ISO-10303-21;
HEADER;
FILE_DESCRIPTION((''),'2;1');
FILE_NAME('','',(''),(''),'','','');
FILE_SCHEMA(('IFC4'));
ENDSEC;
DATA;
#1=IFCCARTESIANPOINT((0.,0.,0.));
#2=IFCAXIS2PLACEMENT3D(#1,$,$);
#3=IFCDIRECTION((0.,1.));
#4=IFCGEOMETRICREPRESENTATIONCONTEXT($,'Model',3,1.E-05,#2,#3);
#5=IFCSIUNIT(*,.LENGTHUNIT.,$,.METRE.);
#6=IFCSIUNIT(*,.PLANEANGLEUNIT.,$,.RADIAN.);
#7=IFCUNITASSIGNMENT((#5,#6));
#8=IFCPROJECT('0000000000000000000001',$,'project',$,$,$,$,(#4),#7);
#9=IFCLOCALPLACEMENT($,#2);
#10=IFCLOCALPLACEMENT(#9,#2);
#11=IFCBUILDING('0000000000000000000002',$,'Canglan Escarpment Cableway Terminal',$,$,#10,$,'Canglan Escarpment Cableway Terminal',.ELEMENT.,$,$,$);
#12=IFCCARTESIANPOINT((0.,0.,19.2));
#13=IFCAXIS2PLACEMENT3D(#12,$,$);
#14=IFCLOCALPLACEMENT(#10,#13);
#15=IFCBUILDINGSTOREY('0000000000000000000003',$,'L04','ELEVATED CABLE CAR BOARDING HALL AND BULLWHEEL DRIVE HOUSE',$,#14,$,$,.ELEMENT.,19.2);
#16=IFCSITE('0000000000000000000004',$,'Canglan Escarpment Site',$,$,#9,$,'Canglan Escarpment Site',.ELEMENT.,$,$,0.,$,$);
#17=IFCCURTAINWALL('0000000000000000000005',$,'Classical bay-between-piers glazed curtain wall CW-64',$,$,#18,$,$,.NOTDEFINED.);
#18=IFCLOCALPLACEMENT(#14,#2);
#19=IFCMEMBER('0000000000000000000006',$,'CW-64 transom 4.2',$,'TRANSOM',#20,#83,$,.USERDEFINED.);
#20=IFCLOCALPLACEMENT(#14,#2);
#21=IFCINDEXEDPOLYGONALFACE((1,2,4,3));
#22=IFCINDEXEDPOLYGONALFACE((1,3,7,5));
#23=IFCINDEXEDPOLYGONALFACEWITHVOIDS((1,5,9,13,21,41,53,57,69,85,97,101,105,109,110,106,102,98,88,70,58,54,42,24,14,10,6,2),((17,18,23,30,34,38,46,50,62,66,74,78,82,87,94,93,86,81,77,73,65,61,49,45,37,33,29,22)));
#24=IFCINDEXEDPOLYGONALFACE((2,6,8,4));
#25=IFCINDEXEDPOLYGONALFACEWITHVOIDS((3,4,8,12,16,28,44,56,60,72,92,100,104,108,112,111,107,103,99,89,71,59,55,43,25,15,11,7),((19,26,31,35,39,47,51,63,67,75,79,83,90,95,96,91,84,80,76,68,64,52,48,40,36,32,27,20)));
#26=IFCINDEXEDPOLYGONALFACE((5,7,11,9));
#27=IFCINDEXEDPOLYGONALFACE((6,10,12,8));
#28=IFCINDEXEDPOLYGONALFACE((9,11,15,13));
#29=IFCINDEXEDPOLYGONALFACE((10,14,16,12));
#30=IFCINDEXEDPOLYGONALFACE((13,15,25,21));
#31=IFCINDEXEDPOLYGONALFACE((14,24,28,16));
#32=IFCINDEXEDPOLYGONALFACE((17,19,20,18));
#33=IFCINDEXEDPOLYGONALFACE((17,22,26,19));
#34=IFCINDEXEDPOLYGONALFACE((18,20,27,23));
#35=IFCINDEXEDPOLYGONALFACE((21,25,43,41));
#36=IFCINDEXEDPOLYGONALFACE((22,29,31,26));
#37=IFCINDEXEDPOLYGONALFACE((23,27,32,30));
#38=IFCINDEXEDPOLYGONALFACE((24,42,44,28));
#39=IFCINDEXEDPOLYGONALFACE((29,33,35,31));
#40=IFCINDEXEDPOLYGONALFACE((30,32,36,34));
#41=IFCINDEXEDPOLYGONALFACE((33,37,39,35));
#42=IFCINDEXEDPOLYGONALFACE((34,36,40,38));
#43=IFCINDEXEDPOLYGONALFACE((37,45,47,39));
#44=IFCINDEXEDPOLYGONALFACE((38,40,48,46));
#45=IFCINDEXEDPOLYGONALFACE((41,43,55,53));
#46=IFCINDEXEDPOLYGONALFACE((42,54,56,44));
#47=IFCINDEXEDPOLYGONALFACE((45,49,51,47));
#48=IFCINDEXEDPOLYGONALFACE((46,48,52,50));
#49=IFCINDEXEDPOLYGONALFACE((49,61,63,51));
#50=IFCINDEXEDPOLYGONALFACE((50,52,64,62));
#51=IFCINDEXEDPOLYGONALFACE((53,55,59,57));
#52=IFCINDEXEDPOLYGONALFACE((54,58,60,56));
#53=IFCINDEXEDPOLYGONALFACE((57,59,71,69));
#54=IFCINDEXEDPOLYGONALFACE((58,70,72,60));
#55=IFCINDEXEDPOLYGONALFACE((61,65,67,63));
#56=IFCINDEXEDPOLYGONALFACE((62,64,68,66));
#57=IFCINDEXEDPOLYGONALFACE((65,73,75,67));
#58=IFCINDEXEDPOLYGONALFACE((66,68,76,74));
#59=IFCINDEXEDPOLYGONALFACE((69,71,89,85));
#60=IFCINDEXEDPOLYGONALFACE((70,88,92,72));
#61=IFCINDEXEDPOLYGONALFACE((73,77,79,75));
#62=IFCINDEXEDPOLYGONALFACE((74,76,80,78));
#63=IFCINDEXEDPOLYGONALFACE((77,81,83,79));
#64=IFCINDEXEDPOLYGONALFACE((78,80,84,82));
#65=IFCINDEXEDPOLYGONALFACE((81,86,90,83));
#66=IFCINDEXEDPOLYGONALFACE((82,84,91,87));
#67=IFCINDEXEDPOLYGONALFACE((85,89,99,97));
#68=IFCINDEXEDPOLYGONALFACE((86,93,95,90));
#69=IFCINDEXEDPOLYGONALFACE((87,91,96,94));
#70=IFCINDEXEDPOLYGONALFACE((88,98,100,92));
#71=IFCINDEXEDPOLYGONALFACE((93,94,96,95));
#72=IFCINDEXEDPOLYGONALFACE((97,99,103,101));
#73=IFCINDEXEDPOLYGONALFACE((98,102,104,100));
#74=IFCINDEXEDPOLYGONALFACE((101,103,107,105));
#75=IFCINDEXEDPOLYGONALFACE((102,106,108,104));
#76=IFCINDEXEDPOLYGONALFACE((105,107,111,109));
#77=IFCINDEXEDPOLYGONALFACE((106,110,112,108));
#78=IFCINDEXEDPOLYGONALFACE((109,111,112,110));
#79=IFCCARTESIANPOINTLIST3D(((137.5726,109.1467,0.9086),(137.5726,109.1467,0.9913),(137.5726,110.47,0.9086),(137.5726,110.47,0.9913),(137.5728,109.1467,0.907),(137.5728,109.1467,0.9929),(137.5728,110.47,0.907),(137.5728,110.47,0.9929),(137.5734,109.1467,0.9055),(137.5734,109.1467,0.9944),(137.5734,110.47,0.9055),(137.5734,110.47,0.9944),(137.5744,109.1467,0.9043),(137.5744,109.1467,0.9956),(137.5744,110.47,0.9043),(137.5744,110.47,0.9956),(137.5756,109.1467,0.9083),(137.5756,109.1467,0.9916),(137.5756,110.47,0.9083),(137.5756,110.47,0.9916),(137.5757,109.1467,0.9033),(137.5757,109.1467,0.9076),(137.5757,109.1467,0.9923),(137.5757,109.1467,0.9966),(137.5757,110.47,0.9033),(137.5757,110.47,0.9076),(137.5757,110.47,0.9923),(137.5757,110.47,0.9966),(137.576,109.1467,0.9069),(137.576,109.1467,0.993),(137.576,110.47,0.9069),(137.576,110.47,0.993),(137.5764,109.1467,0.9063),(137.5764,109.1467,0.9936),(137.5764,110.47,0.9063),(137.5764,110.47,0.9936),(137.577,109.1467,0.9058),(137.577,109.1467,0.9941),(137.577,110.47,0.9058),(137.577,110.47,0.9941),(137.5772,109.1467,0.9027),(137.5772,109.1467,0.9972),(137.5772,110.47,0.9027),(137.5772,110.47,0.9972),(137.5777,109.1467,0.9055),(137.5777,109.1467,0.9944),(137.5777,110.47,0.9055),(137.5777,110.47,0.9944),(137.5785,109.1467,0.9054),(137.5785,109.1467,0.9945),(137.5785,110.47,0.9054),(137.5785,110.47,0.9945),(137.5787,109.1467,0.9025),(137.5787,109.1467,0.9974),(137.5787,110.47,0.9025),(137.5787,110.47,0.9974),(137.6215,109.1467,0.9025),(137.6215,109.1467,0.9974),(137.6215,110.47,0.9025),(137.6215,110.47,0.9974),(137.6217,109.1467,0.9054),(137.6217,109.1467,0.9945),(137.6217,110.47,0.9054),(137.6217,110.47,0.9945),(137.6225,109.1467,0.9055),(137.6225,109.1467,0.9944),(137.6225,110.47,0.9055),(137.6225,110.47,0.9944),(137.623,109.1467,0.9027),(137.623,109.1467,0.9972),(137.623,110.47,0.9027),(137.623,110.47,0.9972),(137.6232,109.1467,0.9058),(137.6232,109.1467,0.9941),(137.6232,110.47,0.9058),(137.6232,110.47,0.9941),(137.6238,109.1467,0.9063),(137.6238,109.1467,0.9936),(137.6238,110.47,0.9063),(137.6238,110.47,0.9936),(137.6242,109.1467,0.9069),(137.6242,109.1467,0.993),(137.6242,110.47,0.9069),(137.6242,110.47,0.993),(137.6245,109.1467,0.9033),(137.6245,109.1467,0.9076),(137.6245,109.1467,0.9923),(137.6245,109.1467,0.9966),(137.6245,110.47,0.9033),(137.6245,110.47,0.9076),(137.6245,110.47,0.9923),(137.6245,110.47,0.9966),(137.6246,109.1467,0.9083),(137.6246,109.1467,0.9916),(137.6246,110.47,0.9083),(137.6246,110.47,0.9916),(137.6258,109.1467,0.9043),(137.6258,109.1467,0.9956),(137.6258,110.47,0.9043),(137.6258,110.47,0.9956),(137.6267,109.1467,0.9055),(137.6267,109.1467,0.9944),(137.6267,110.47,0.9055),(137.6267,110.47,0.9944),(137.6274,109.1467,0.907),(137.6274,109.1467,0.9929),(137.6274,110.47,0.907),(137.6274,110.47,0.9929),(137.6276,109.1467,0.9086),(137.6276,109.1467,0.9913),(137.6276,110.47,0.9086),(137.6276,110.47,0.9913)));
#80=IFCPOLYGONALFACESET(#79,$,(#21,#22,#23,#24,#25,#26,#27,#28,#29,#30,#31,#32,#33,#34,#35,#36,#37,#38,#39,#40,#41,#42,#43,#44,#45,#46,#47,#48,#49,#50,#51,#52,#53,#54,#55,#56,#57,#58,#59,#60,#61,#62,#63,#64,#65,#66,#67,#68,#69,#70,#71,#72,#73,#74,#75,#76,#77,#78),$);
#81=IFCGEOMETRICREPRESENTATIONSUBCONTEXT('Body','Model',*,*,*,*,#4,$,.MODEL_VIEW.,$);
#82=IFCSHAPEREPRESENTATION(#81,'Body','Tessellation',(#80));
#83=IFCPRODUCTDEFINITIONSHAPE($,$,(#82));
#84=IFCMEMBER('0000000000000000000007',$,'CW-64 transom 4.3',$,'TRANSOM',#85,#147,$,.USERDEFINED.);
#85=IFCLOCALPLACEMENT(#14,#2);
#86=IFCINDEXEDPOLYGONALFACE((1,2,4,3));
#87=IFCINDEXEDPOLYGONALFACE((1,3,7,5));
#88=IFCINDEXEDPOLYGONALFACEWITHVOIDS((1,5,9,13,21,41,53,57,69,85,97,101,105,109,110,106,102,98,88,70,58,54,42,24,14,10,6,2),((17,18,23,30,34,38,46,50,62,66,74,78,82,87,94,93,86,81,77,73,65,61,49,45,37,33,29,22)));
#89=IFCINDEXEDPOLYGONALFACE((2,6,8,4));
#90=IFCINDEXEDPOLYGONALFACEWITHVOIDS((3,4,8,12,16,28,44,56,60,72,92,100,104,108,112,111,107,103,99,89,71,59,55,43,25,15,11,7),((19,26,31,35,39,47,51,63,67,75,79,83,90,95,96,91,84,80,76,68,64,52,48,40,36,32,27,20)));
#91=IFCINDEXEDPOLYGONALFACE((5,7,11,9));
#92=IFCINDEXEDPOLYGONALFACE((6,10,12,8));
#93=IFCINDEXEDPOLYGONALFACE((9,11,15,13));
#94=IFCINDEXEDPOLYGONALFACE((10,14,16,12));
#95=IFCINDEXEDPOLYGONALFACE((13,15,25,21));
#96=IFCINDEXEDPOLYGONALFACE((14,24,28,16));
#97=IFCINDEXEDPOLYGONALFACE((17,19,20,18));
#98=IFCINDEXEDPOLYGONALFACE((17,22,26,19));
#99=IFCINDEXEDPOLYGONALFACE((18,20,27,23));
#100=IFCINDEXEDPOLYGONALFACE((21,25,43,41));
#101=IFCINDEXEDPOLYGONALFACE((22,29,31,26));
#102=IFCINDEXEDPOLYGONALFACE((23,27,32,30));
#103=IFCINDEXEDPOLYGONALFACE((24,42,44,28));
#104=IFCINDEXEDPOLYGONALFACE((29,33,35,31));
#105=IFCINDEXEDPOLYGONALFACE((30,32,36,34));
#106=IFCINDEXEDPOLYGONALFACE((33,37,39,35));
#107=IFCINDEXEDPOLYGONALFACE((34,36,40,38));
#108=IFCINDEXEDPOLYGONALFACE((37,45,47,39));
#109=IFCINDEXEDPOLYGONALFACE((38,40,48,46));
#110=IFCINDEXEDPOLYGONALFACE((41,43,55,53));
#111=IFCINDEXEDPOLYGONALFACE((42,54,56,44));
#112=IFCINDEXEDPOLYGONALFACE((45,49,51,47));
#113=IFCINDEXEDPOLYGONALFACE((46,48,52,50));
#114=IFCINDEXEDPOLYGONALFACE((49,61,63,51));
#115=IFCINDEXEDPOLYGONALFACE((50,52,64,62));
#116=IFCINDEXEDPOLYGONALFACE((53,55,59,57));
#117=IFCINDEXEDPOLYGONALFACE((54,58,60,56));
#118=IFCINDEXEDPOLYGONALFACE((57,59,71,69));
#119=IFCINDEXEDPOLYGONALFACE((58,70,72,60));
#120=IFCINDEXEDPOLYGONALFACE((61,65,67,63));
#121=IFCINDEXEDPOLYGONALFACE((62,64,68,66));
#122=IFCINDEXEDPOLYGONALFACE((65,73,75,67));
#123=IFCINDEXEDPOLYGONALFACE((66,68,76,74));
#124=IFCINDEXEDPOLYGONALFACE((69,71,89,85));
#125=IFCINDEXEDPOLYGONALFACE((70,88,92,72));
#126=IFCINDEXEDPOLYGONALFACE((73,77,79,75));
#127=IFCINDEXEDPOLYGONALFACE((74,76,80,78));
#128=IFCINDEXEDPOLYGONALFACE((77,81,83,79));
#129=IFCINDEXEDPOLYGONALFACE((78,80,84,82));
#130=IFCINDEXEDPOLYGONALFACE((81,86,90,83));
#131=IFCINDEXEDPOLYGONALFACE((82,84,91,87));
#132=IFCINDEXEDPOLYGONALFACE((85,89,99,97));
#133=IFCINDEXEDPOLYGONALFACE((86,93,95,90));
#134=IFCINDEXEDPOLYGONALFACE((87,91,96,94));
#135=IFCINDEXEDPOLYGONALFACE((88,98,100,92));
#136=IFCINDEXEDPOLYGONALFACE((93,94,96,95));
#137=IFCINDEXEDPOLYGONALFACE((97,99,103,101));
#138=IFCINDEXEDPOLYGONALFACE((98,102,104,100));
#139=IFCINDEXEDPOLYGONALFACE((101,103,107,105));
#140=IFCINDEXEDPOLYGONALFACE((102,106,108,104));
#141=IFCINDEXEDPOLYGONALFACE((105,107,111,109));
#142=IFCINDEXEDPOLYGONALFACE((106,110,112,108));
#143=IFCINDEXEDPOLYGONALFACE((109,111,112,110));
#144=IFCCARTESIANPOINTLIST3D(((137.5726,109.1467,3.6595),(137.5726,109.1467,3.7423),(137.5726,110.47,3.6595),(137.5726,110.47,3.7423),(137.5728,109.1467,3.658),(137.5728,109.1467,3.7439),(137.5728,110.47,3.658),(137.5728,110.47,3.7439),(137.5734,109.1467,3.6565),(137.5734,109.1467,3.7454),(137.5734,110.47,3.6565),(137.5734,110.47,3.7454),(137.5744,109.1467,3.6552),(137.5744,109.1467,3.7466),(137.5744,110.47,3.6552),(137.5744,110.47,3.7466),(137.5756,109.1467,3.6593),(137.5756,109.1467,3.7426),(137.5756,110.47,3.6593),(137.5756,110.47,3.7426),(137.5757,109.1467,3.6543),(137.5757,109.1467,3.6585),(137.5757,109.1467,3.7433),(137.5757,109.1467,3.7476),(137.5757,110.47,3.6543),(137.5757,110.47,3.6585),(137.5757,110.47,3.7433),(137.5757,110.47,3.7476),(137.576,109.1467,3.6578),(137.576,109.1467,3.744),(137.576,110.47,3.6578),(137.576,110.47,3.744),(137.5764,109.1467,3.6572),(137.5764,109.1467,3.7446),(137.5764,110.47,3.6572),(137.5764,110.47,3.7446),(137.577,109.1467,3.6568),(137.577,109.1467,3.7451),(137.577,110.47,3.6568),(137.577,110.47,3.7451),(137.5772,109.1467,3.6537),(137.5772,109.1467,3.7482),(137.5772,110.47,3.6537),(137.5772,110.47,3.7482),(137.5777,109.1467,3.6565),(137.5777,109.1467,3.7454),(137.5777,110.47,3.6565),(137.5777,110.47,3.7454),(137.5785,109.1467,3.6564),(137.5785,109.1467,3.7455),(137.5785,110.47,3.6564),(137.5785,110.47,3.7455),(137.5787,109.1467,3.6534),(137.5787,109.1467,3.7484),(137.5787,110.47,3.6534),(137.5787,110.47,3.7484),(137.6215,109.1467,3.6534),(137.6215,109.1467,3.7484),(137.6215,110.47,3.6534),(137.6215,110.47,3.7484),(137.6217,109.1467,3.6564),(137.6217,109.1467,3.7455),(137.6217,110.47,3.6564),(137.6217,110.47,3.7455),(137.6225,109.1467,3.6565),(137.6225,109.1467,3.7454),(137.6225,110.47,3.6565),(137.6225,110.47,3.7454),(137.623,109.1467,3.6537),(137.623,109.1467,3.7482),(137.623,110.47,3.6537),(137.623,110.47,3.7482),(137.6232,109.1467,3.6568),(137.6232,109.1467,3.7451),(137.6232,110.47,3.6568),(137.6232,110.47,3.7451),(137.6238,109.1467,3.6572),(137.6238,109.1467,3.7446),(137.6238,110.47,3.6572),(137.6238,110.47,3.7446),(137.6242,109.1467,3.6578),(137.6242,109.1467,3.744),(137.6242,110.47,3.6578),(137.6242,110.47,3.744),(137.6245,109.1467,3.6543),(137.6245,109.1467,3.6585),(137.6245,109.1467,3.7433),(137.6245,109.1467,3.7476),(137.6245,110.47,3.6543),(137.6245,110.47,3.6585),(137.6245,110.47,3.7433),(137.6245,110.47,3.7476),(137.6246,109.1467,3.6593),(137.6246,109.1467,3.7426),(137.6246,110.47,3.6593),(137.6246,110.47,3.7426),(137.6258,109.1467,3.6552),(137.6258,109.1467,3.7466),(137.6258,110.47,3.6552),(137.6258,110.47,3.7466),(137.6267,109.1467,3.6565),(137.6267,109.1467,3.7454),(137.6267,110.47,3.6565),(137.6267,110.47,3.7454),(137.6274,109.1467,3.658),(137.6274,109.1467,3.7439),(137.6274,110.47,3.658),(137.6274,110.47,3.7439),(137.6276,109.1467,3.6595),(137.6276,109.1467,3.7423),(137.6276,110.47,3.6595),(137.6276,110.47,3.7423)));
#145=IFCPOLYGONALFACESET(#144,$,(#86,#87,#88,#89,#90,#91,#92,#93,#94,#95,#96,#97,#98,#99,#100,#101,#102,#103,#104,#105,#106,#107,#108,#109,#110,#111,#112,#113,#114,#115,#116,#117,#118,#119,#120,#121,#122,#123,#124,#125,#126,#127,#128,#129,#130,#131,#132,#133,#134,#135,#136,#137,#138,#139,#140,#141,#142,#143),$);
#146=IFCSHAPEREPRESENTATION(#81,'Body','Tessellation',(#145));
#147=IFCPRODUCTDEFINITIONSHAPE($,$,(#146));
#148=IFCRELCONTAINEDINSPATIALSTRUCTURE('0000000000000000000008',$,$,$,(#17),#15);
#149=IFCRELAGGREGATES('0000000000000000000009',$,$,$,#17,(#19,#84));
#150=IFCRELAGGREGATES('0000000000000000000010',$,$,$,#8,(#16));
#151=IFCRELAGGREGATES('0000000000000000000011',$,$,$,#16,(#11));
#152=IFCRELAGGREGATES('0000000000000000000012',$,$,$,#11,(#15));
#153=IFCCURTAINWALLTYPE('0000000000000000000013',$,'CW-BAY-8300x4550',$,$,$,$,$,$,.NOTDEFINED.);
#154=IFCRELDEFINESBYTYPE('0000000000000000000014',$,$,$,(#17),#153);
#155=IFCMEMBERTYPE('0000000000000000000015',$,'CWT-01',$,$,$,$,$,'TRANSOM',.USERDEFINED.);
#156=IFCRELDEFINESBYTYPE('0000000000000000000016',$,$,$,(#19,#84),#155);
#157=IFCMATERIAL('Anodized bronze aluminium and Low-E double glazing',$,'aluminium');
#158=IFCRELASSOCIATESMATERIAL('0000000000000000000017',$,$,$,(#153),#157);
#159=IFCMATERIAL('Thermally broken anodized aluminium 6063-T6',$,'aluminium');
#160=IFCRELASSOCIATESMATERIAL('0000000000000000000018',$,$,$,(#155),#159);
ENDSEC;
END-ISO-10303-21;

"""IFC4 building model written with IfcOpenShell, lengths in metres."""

from ifc_helpers import new_model, si_unit, direction, frame, origin, origin_2d, place, context, subcontext, project, spatial, hollow_rectangle, extrude, material, material_profile, profile_set, type_object, element, aggregate, save


model = new_model("IFC4")

# Units and contexts
model_context = context("Model", 3, precision=1e-05, world=origin(), true_north=direction((0.0, 1.0)))
body_context = subcontext(model_context, "Body", "Model", "MODEL_VIEW")
ifc_project = project(units=[si_unit("LENGTHUNIT", "METRE"), si_unit("PLANEANGLEUNIT", "RADIAN")], contexts=[model_context])

# Site, building, storey
site_placement = place(None, origin())
site = spatial("IfcSite", under=ifc_project, at=site_placement, Name="Canglan Escarpment Site", LongName="Canglan Escarpment Site", CompositionType="ELEMENT", RefElevation=0.0)
building_placement = place(site_placement, origin())
building = spatial("IfcBuilding", under=site, at=building_placement, Name="Canglan Escarpment Cableway Terminal", LongName="Canglan Escarpment Cableway Terminal", CompositionType="ELEMENT")
storey_placement = place(building_placement, frame((0.0, 0.0, 19.2)))
storey = spatial("IfcBuildingStorey", under=building, at=storey_placement, Name="L04", Description="ELEVATED CABLE CAR BOARDING HALL AND BULLWHEEL DRIVE HOUSE", CompositionType="ELEMENT", Elevation=19.2)

# Curtain wall, members
ifc_material_1 = material(Name="Anodized bronze aluminium and Low-E double glazing", Category="aluminium")
curtain_wall_type_1 = type_object("IfcCurtainWallType", Name="CW-BAY-8300x4550", PredefinedType="NOTDEFINED", material=ifc_material_1)
curtain_wall_1_placement = place(storey_placement, origin())
curtain_wall_1 = element("IfcCurtainWall", 1, at=curtain_wall_1_placement, inside=storey, type_object=curtain_wall_type_1, Name="Classical bay-between-piers glazed curtain wall CW-64", PredefinedType="NOTDEFINED")
ifc_material_2 = material(Name="Thermally broken anodized aluminium 6063-T6", Category="aluminium")
ifc_material_profile_1 = material_profile(ifc_material_2, hollow_rectangle(XDim=0.0549, YDim=0.095, WallThickness=0.0029, InnerFilletRadius=0.0029, OuterFilletRadius=0.0061, at=origin_2d()), Name="ALU-TRAN 55x95x3")
ifc_profile_set_1 = profile_set([ifc_material_profile_1], Name="Thermally broken anodized aluminium 6063-T6")
member_type_1 = type_object("IfcMemberType", Name="CWT-01", ElementType="TRANSOM", PredefinedType="USERDEFINED", material=ifc_profile_set_1)
member_1_placement = place(storey_placement, frame((137.6001, 110.47, 0.95), z_axis=(0.0, -1.0, 0.0), x_axis=(1.0, 0.0, 0.0)))
member_1 = element("IfcMember", 2, at=member_1_placement, type_object=member_type_1, Name="CW-64 transom 4.2", ObjectType="TRANSOM", PredefinedType="USERDEFINED", context=body_context, shape_type="SweptSolid", body=[
    extrude(hollow_rectangle(XDim=0.0549, YDim=0.095, WallThickness=0.0029, InnerFilletRadius=0.0029, OuterFilletRadius=0.0061, at=origin_2d()), origin(), (0.0, 0.0, 1.0), 1.3232),
])
member_2_placement = place(storey_placement, frame((137.6001, 110.47, 3.7009), z_axis=(0.0, -1.0, 0.0), x_axis=(1.0, 0.0, 0.0)))
member_2 = element("IfcMember", 3, at=member_2_placement, type_object=member_type_1, Name="CW-64 transom 4.3", ObjectType="TRANSOM", PredefinedType="USERDEFINED", context=body_context, shape_type="SweptSolid", body=[
    extrude(hollow_rectangle(XDim=0.0549, YDim=0.095, WallThickness=0.0029, InnerFilletRadius=0.0029, OuterFilletRadius=0.0061, at=origin_2d()), origin(), (0.0, 0.0, 1.0), 1.3232),
])

aggregate(curtain_wall_1, [member_1, member_2])

save(model, "model.ifc")
